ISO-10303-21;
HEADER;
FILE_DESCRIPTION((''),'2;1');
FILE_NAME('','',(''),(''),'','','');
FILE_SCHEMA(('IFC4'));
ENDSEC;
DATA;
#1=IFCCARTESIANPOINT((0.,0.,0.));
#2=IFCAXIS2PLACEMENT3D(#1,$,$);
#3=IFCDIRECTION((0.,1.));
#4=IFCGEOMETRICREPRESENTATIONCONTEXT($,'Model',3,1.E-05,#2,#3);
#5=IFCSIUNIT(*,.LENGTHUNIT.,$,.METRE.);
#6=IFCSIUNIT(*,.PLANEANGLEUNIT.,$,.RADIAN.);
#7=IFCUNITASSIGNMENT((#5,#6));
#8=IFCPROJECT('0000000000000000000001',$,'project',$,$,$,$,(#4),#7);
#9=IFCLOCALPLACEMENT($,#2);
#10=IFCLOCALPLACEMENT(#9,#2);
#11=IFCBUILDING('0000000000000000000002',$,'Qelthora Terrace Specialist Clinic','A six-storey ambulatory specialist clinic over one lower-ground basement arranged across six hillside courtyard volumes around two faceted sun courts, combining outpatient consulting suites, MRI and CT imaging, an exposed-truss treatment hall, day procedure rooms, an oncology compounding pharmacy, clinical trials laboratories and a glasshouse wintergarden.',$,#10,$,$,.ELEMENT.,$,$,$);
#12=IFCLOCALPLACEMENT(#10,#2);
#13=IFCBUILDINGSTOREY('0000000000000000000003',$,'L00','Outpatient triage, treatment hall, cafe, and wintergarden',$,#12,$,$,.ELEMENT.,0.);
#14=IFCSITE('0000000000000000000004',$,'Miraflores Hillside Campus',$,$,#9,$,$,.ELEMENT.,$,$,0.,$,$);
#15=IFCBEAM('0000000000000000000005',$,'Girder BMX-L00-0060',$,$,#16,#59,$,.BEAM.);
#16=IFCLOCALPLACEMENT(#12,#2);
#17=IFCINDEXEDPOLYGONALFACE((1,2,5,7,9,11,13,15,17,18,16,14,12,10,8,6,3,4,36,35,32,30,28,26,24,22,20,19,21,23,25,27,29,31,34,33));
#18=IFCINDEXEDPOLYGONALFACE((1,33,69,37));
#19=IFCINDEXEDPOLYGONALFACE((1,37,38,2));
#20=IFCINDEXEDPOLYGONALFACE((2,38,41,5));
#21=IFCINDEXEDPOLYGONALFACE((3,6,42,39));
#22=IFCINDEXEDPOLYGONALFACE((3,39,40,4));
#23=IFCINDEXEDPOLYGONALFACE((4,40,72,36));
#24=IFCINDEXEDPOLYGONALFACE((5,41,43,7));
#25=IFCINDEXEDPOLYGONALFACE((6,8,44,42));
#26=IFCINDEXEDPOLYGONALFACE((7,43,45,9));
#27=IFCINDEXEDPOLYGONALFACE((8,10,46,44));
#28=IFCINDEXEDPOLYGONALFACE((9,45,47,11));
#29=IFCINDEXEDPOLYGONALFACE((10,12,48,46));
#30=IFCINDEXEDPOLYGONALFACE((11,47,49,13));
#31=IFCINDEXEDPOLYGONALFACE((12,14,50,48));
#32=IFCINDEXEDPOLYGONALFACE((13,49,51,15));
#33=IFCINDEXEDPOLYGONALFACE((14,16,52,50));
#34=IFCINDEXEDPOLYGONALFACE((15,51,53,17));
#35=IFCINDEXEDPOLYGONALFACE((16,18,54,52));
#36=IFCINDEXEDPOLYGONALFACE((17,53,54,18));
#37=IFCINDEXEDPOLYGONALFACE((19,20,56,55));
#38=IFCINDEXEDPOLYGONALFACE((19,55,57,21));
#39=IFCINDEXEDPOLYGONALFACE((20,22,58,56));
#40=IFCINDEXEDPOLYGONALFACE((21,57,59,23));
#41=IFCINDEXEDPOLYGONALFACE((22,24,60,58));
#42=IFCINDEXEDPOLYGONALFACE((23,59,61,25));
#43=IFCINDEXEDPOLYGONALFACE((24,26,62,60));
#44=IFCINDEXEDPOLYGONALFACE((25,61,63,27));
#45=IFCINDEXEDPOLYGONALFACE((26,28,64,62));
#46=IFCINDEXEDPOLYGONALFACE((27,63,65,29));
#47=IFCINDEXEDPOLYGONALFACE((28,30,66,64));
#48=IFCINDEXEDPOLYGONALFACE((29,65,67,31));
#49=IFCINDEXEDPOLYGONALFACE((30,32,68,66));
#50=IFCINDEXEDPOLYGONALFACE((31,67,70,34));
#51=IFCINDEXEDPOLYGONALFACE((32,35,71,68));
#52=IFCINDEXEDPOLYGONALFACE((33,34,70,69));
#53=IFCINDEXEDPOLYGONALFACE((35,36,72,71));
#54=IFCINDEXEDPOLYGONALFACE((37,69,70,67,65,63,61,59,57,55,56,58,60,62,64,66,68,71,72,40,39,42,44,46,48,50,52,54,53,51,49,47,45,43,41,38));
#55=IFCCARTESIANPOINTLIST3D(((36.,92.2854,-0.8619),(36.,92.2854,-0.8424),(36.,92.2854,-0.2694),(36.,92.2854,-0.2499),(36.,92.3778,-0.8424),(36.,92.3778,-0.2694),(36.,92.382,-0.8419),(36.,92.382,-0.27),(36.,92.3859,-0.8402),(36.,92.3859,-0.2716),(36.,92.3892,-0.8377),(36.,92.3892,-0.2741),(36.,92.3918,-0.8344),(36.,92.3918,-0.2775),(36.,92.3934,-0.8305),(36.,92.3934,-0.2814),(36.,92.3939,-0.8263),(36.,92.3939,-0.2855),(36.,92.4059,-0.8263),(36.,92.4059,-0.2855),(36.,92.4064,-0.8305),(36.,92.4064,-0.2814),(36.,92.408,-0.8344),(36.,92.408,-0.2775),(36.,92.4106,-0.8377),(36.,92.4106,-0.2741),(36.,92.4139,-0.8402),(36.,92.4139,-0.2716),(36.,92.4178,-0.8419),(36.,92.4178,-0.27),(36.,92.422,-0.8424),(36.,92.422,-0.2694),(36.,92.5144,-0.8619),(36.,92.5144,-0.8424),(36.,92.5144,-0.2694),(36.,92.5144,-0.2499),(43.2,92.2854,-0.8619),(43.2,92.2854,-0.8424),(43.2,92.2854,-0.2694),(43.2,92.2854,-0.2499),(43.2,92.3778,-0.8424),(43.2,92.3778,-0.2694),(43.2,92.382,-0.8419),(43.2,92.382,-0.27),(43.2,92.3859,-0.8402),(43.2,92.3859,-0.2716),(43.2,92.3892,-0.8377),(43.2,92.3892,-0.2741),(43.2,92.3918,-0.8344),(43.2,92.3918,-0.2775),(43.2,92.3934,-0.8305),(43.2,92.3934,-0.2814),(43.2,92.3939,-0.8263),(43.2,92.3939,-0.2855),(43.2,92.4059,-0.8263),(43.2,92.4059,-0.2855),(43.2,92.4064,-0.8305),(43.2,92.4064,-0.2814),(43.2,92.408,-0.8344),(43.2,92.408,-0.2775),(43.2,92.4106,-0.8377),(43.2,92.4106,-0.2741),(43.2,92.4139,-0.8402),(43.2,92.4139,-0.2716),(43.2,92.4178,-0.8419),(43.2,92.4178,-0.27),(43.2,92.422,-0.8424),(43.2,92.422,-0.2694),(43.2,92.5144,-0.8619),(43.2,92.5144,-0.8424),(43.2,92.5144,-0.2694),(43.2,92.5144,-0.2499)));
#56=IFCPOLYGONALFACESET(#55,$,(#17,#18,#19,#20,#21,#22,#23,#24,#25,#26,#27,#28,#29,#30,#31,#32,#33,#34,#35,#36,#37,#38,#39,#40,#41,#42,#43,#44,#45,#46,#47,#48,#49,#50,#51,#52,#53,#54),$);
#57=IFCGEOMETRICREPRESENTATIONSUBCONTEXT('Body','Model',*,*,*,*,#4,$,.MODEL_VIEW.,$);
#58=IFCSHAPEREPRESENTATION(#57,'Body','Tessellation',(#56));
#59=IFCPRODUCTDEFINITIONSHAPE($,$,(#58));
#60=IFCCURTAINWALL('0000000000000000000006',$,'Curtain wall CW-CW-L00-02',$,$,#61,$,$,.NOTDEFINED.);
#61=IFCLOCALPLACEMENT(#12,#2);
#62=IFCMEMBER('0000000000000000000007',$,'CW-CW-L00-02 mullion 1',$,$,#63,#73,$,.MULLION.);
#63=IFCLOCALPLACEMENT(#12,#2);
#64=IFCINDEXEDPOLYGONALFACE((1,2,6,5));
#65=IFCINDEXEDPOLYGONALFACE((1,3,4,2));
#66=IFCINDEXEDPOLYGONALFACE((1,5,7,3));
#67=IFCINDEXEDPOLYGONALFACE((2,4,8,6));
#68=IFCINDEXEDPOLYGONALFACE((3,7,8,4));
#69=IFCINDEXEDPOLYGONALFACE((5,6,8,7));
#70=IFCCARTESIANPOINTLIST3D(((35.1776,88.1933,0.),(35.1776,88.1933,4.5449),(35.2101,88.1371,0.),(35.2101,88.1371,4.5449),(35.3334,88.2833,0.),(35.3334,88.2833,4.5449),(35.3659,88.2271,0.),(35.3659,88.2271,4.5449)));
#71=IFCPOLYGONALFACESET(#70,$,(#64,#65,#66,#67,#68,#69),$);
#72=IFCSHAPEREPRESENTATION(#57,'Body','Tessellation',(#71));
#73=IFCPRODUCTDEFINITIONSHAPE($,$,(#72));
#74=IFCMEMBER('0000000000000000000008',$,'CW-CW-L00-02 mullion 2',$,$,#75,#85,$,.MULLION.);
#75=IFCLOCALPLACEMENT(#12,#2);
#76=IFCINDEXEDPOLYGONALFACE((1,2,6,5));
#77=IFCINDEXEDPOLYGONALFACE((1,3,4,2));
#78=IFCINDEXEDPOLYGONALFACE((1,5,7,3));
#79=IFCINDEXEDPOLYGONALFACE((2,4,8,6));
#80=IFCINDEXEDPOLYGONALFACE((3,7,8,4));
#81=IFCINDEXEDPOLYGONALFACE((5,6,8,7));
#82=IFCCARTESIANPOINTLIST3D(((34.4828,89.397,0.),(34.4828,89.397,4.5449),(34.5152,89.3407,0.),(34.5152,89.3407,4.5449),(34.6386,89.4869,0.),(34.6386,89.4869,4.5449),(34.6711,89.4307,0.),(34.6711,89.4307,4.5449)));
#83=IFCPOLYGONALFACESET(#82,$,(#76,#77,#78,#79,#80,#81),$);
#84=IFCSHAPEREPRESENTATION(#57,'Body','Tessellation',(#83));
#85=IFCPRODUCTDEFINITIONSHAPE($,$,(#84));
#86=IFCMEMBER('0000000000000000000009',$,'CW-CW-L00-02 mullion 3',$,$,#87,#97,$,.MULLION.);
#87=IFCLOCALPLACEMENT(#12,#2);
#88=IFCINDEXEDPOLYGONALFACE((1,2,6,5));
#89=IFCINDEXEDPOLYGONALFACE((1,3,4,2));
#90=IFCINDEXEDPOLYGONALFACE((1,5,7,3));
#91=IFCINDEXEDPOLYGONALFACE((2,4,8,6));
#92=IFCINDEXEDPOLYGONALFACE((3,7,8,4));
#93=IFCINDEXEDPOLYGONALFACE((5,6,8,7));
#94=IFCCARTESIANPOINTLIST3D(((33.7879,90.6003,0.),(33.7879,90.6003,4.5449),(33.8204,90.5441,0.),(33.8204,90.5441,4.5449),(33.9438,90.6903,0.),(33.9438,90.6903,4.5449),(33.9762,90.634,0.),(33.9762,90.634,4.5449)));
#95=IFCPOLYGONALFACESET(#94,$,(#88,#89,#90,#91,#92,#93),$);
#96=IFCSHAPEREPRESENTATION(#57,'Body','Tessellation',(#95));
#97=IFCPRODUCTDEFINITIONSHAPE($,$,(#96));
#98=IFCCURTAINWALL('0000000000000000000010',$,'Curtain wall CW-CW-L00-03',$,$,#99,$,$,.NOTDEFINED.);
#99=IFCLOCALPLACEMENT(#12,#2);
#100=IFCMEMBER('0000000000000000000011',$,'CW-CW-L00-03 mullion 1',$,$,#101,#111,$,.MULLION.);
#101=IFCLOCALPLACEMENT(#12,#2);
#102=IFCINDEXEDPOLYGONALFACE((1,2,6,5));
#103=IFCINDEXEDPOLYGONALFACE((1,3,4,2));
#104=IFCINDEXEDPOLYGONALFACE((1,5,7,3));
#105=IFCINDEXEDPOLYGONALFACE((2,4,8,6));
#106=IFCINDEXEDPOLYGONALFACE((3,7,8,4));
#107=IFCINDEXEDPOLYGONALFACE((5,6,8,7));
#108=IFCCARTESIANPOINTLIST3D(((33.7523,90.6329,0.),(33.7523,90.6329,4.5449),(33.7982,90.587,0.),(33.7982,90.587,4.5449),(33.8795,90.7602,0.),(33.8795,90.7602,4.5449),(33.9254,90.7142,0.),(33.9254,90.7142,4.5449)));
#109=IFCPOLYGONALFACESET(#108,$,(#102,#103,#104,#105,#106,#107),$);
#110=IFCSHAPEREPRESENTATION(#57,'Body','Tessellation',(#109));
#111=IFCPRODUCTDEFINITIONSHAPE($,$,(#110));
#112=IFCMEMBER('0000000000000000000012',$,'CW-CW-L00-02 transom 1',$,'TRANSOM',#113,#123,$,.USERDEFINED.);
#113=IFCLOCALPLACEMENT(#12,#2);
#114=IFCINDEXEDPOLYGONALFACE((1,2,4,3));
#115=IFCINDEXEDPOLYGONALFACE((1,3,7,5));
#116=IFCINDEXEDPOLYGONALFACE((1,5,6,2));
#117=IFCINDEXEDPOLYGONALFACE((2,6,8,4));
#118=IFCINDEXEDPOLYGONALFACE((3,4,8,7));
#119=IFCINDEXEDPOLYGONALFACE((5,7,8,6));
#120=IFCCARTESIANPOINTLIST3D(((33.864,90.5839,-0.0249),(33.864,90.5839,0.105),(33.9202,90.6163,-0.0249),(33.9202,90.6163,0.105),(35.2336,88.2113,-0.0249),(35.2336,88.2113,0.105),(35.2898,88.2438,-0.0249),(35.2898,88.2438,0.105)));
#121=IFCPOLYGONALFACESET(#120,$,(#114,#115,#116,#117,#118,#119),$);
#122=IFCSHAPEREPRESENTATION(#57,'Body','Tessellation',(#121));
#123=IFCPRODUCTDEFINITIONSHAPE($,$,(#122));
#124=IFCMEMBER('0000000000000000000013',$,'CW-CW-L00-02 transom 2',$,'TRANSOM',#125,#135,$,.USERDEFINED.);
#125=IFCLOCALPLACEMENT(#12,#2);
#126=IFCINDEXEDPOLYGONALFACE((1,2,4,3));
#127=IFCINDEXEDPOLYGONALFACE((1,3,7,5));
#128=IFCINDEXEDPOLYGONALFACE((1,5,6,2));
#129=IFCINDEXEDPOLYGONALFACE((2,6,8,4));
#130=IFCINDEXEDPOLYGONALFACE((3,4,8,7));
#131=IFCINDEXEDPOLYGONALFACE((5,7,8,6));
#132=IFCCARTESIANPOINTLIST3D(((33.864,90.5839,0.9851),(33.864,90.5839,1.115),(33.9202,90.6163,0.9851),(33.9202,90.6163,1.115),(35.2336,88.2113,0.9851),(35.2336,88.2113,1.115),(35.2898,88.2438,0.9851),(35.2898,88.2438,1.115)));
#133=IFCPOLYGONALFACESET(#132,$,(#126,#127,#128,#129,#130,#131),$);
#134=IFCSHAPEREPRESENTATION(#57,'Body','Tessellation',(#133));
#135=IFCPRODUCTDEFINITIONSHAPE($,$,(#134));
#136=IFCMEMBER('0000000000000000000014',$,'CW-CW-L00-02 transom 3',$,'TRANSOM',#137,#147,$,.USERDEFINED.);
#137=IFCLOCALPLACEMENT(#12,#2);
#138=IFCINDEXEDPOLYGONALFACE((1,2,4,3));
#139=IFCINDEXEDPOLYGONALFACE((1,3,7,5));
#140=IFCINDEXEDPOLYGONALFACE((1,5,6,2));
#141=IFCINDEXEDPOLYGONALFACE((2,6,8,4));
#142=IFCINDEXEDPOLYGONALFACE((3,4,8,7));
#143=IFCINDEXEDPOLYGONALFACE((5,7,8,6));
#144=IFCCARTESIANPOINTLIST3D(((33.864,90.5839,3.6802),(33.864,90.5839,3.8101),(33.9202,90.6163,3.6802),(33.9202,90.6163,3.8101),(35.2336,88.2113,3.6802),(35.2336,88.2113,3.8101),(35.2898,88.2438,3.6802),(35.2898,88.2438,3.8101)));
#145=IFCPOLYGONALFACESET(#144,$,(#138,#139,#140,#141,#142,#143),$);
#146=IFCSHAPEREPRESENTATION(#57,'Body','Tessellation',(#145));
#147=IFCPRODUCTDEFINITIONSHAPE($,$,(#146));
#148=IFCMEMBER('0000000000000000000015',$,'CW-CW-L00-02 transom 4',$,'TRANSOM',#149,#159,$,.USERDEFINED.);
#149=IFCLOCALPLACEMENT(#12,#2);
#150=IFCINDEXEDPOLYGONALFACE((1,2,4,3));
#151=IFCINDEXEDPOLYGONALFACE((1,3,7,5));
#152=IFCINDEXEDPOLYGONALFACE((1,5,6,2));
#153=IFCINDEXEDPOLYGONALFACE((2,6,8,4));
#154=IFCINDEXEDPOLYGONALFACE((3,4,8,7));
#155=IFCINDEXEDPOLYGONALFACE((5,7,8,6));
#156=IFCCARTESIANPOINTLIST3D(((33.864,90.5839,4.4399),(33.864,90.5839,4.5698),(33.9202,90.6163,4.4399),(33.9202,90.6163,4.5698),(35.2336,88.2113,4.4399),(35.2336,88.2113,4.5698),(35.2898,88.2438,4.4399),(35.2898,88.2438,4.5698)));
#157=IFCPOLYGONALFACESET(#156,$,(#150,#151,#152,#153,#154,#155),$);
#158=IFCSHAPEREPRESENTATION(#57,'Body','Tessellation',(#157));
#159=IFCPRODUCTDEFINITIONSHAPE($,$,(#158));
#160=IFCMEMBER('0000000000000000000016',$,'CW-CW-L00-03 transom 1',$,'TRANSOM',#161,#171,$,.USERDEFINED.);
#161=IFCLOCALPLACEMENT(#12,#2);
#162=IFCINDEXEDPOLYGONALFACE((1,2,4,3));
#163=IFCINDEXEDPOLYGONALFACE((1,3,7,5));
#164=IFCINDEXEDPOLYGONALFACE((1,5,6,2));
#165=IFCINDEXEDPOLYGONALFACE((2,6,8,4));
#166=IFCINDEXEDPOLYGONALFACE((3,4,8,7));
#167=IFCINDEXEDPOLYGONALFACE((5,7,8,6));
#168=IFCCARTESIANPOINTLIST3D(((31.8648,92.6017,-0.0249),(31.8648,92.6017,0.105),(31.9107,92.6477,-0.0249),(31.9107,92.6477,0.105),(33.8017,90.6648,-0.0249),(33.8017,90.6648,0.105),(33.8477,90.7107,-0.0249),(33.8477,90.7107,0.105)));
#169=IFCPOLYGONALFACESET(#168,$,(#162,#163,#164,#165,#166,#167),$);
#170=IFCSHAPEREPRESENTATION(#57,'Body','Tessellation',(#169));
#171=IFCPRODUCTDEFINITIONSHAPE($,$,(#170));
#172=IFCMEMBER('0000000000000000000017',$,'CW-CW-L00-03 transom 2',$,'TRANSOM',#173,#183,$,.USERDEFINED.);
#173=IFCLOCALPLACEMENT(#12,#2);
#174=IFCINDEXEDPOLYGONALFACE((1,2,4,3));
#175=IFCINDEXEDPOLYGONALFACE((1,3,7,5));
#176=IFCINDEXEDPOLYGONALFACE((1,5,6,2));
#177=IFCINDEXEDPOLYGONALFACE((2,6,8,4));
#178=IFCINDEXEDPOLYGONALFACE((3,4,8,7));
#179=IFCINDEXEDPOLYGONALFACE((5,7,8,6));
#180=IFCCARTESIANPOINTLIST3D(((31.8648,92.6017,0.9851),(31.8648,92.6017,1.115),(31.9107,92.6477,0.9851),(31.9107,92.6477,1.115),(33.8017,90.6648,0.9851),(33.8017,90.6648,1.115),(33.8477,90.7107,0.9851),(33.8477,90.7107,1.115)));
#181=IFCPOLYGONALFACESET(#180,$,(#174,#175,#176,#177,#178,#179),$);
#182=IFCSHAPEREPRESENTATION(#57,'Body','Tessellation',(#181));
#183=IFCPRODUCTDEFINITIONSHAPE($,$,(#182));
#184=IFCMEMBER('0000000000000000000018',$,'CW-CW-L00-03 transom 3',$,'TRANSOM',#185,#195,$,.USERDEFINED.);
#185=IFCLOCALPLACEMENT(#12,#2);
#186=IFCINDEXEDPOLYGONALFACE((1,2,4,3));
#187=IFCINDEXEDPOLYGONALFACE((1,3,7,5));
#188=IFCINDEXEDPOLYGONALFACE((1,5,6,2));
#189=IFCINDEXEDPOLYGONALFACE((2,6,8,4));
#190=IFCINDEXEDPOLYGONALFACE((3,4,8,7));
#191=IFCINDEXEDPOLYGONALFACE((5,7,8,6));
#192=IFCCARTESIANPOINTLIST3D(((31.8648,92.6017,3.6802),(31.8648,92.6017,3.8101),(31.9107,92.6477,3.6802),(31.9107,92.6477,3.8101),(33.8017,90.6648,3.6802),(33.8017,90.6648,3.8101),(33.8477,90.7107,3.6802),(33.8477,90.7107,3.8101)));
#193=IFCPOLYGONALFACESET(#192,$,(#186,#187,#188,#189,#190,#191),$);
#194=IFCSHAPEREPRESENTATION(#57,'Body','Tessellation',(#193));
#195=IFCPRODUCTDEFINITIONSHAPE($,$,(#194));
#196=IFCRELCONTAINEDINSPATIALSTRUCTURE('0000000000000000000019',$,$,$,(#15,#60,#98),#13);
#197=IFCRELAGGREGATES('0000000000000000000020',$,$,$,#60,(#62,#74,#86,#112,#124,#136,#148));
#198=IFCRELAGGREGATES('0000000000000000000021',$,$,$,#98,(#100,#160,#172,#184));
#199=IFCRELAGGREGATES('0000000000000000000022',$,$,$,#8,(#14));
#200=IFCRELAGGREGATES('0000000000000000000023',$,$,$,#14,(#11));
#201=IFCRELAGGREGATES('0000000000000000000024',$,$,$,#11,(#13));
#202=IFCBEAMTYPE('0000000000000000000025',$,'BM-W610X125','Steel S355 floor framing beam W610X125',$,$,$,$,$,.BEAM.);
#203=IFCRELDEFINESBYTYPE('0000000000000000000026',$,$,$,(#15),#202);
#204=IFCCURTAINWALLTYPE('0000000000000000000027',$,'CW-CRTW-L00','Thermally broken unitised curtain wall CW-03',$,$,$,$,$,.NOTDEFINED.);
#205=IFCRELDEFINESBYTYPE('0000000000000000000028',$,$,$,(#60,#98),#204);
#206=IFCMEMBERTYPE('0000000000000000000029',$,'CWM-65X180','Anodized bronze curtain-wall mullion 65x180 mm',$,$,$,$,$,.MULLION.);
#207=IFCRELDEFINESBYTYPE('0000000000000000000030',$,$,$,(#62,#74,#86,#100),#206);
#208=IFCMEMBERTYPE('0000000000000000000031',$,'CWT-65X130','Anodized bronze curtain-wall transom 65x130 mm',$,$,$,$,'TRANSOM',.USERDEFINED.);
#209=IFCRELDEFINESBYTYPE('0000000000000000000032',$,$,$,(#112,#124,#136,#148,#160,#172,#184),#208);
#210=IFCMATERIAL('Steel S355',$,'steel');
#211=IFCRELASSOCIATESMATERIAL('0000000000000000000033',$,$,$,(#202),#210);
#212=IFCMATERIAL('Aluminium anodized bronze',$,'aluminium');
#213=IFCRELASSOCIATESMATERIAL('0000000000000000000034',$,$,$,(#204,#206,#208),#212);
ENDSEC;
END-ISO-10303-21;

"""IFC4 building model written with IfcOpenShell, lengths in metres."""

from ifc_helpers import new_model, si_unit, direction, frame, origin, origin_2d, place, context, subcontext, project, spatial, rectangle, i_section, extrude, material, material_profile, profile_set, type_object, element, aggregate, save


model = new_model("IFC4")

# Units and contexts
model_context = context("Model", 3, precision=1e-05, world=origin(), true_north=direction((0.0, 1.0)))
body_context = subcontext(model_context, "Body", "Model", "MODEL_VIEW")
ifc_project = project(units=[si_unit("LENGTHUNIT", "METRE"), si_unit("PLANEANGLEUNIT", "RADIAN")], contexts=[model_context])

# Site, building, storey
site_placement = place(None, origin())
site = spatial("IfcSite", under=ifc_project, at=site_placement, Name="Miraflores Hillside Campus", CompositionType="ELEMENT", RefElevation=0.0)
building_placement = place(site_placement, origin())
building = spatial("IfcBuilding", under=site, at=building_placement, Name="Qelthora Terrace Specialist Clinic", Description="A six-storey ambulatory specialist clinic over one lower-ground basement arranged across six hillside courtyard volumes around two faceted sun courts, combining outpatient consulting suites, MRI and CT imaging, an exposed-truss treatment hall, day procedure rooms, an oncology compounding pharmacy, clinical trials laboratories and a glasshouse wintergarden.", CompositionType="ELEMENT")
storey_placement = place(building_placement, origin())
storey = spatial("IfcBuildingStorey", under=building, at=storey_placement, Name="L00", Description="Outpatient triage, treatment hall, cafe, and wintergarden", CompositionType="ELEMENT", Elevation=0.0)

# Shared definitions
ifc_material_1 = material(Name="Steel S355", Category="steel")

# Beam
ifc_material_profile_1 = material_profile(ifc_material_1, i_section(OverallWidth=0.229, OverallDepth=0.6121, WebThickness=0.012, FlangeThickness=0.0195, FilletRadius=0.0161, at=origin_2d()), Name="W610X125")
ifc_profile_set_1 = profile_set([ifc_material_profile_1], Name="Steel S355")
beam_type_1 = type_object("IfcBeamType", Name="BM-W610X125", Description="Steel S355 floor framing beam W610X125", PredefinedType="BEAM", material=ifc_profile_set_1)
beam_1_placement = place(storey_placement, frame((36.0, 92.3999, -0.5559), z_axis=(1.0, 0.0, 0.0), x_axis=(0.0, 1.0, 0.0)))
element("IfcBeam", 1, at=beam_1_placement, inside=storey, type_object=beam_type_1, Name="Girder BMX-L00-0060", PredefinedType="BEAM", context=body_context, shape_type="SweptSolid", body=[
    extrude(i_section(OverallWidth=0.229, OverallDepth=0.6121, WebThickness=0.012, FlangeThickness=0.0195, FilletRadius=0.0161, at=origin_2d()), origin(), (0.0, 0.0, 1.0), 7.2),
])

# Curtain wall, members
ifc_material_2 = material(Name="Aluminium anodized bronze", Category="aluminium")
curtain_wall_type = type_object("IfcCurtainWallType", Name="CW-CRTW-L00", Description="Thermally broken unitised curtain wall CW-03", PredefinedType="NOTDEFINED", material=ifc_material_2)
curtain_wall_1_placement = place(storey_placement, origin())
curtain_wall_1 = element("IfcCurtainWall", 2, at=curtain_wall_1_placement, inside=storey, type_object=curtain_wall_type, Name="Curtain wall CW-CW-L00-02", PredefinedType="NOTDEFINED")
ifc_material_profile_2 = material_profile(ifc_material_2, rectangle(XDim=0.0649, YDim=0.1799, at=origin_2d()), Name="CWM65X180")
ifc_profile_set_2 = profile_set([ifc_material_profile_2], Name="Aluminium anodized bronze")
member_type_1 = type_object("IfcMemberType", Name="CWM-65X180", Description="Anodized bronze curtain-wall mullion 65x180 mm", PredefinedType="MULLION", material=ifc_profile_set_2)
member_1_placement = place(storey_placement, frame((35.2717, 88.2102, 0.0), z_axis=(0.0, 0.0, 1.0), x_axis=(-0.5, 0.866026, 0.0)))
member_1 = element("IfcMember", 3, at=member_1_placement, type_object=member_type_1, Name="CW-CW-L00-02 mullion 1", PredefinedType="MULLION", context=body_context, shape_type="SweptSolid", body=[
    extrude(rectangle(XDim=0.0649, YDim=0.1799, at=origin_2d()), origin(), (0.0, 0.0, 1.0), 4.5449),
])
member_2_placement = place(storey_placement, frame((34.5769, 89.4138, 0.0), z_axis=(0.0, 0.0, 1.0), x_axis=(-0.5, 0.866026, 0.0)))
member_2 = element("IfcMember", 4, at=member_2_placement, type_object=member_type_1, Name="CW-CW-L00-02 mullion 2", PredefinedType="MULLION", context=body_context, shape_type="SweptSolid", body=[
    extrude(rectangle(XDim=0.0649, YDim=0.1799, at=origin_2d()), origin(), (0.0, 0.0, 1.0), 4.5449),
])
member_3_placement = place(storey_placement, frame((33.8821, 90.6172, 0.0), z_axis=(0.0, 0.0, 1.0), x_axis=(-0.5, 0.866026, 0.0)))
member_3 = element("IfcMember", 5, at=member_3_placement, type_object=member_type_1, Name="CW-CW-L00-02 mullion 3", PredefinedType="MULLION", context=body_context, shape_type="SweptSolid", body=[
    extrude(rectangle(XDim=0.0649, YDim=0.1799, at=origin_2d()), origin(), (0.0, 0.0, 1.0), 4.5449),
])

# Curtain wall, member
curtain_wall_2_placement = place(storey_placement, origin())
curtain_wall_2 = element("IfcCurtainWall", 6, at=curtain_wall_2_placement, inside=storey, type_object=curtain_wall_type, Name="Curtain wall CW-CW-L00-03", PredefinedType="NOTDEFINED")
member_4_placement = place(storey_placement, frame((33.8389, 90.6736, 0.0), z_axis=(0.0, 0.0, 1.0), x_axis=(-0.707107, 0.707107, 0.0)))
member_4 = element("IfcMember", 7, at=member_4_placement, type_object=member_type_1, Name="CW-CW-L00-03 mullion 1", PredefinedType="MULLION", context=body_context, shape_type="SweptSolid", body=[
    extrude(rectangle(XDim=0.0649, YDim=0.1799, at=origin_2d()), origin(), (0.0, 0.0, 1.0), 4.5449),
])

# Members
ifc_material_profile_3 = material_profile(ifc_material_2, rectangle(XDim=0.0649, YDim=0.1299, at=origin_2d()), Name="CWT65X130")
ifc_profile_set_3 = profile_set([ifc_material_profile_3], Name="Aluminium anodized bronze")
member_type_2 = type_object("IfcMemberType", Name="CWT-65X130", Description="Anodized bronze curtain-wall transom 65x130 mm", ElementType="TRANSOM", PredefinedType="USERDEFINED", material=ifc_profile_set_3)
member_5_placement = place(storey_placement, frame((35.2617, 88.2275, 0.04), z_axis=(-0.499954, 0.866052, 0.0), x_axis=(-0.866052, -0.499954, 0.0)))
member_5 = element("IfcMember", 8, at=member_5_placement, type_object=member_type_2, Name="CW-CW-L00-02 transom 1", ObjectType="TRANSOM", PredefinedType="USERDEFINED", context=body_context, shape_type="SweptSolid", body=[
    extrude(rectangle(XDim=0.0649, YDim=0.1299, at=origin_2d()), origin(), (0.0, 0.0, 1.0), 2.7395),
])
member_6_placement = place(storey_placement, frame((35.2617, 88.2275, 1.05), z_axis=(-0.499954, 0.866052, 0.0), x_axis=(-0.866052, -0.499954, 0.0)))
member_6 = element("IfcMember", 9, at=member_6_placement, type_object=member_type_2, Name="CW-CW-L00-02 transom 2", ObjectType="TRANSOM", PredefinedType="USERDEFINED", context=body_context, shape_type="SweptSolid", body=[
    extrude(rectangle(XDim=0.0649, YDim=0.1299, at=origin_2d()), origin(), (0.0, 0.0, 1.0), 2.7395),
])
member_7_placement = place(storey_placement, frame((35.2617, 88.2275, 3.7451), z_axis=(-0.499954, 0.866052, 0.0), x_axis=(-0.866052, -0.499954, 0.0)))
member_7 = element("IfcMember", 10, at=member_7_placement, type_object=member_type_2, Name="CW-CW-L00-02 transom 3", ObjectType="TRANSOM", PredefinedType="USERDEFINED", context=body_context, shape_type="SweptSolid", body=[
    extrude(rectangle(XDim=0.0649, YDim=0.1299, at=origin_2d()), origin(), (0.0, 0.0, 1.0), 2.7395),
])
member_8_placement = place(storey_placement, frame((35.2617, 88.2275, 4.5049), z_axis=(-0.499954, 0.866052, 0.0), x_axis=(-0.866052, -0.499954, 0.0)))
member_8 = element("IfcMember", 11, at=member_8_placement, type_object=member_type_2, Name="CW-CW-L00-02 transom 4", ObjectType="TRANSOM", PredefinedType="USERDEFINED", context=body_context, shape_type="SweptSolid", body=[
    extrude(rectangle(XDim=0.0649, YDim=0.1299, at=origin_2d()), origin(), (0.0, 0.0, 1.0), 2.7395),
])
member_9_placement = place(storey_placement, frame((33.8247, 90.6877, 0.04), z_axis=(-0.707107, 0.707107, 0.0), x_axis=(-0.707107, -0.707107, 0.0)))
member_9 = element("IfcMember", 12, at=member_9_placement, type_object=member_type_2, Name="CW-CW-L00-03 transom 1", ObjectType="TRANSOM", PredefinedType="USERDEFINED", context=body_context, shape_type="SweptSolid", body=[
    extrude(rectangle(XDim=0.0649, YDim=0.1299, at=origin_2d()), origin(), (0.0, 0.0, 1.0), 2.7393),
])
member_10_placement = place(storey_placement, frame((33.8247, 90.6877, 1.05), z_axis=(-0.707107, 0.707107, 0.0), x_axis=(-0.707107, -0.707107, 0.0)))
member_10 = element("IfcMember", 13, at=member_10_placement, type_object=member_type_2, Name="CW-CW-L00-03 transom 2", ObjectType="TRANSOM", PredefinedType="USERDEFINED", context=body_context, shape_type="SweptSolid", body=[
    extrude(rectangle(XDim=0.0649, YDim=0.1299, at=origin_2d()), origin(), (0.0, 0.0, 1.0), 2.7393),
])
member_11_placement = place(storey_placement, frame((33.8247, 90.6877, 3.7451), z_axis=(-0.707107, 0.707107, 0.0), x_axis=(-0.707107, -0.707107, 0.0)))
member_11 = element("IfcMember", 14, at=member_11_placement, type_object=member_type_2, Name="CW-CW-L00-03 transom 3", ObjectType="TRANSOM", PredefinedType="USERDEFINED", context=body_context, shape_type="SweptSolid", body=[
    extrude(rectangle(XDim=0.0649, YDim=0.1299, at=origin_2d()), origin(), (0.0, 0.0, 1.0), 2.7393),
])

aggregate(curtain_wall_1, [member_1, member_2, member_3, member_5, member_6, member_7, member_8])
aggregate(curtain_wall_2, [member_4, member_9, member_10, member_11])

save(model, "model.ifc")
